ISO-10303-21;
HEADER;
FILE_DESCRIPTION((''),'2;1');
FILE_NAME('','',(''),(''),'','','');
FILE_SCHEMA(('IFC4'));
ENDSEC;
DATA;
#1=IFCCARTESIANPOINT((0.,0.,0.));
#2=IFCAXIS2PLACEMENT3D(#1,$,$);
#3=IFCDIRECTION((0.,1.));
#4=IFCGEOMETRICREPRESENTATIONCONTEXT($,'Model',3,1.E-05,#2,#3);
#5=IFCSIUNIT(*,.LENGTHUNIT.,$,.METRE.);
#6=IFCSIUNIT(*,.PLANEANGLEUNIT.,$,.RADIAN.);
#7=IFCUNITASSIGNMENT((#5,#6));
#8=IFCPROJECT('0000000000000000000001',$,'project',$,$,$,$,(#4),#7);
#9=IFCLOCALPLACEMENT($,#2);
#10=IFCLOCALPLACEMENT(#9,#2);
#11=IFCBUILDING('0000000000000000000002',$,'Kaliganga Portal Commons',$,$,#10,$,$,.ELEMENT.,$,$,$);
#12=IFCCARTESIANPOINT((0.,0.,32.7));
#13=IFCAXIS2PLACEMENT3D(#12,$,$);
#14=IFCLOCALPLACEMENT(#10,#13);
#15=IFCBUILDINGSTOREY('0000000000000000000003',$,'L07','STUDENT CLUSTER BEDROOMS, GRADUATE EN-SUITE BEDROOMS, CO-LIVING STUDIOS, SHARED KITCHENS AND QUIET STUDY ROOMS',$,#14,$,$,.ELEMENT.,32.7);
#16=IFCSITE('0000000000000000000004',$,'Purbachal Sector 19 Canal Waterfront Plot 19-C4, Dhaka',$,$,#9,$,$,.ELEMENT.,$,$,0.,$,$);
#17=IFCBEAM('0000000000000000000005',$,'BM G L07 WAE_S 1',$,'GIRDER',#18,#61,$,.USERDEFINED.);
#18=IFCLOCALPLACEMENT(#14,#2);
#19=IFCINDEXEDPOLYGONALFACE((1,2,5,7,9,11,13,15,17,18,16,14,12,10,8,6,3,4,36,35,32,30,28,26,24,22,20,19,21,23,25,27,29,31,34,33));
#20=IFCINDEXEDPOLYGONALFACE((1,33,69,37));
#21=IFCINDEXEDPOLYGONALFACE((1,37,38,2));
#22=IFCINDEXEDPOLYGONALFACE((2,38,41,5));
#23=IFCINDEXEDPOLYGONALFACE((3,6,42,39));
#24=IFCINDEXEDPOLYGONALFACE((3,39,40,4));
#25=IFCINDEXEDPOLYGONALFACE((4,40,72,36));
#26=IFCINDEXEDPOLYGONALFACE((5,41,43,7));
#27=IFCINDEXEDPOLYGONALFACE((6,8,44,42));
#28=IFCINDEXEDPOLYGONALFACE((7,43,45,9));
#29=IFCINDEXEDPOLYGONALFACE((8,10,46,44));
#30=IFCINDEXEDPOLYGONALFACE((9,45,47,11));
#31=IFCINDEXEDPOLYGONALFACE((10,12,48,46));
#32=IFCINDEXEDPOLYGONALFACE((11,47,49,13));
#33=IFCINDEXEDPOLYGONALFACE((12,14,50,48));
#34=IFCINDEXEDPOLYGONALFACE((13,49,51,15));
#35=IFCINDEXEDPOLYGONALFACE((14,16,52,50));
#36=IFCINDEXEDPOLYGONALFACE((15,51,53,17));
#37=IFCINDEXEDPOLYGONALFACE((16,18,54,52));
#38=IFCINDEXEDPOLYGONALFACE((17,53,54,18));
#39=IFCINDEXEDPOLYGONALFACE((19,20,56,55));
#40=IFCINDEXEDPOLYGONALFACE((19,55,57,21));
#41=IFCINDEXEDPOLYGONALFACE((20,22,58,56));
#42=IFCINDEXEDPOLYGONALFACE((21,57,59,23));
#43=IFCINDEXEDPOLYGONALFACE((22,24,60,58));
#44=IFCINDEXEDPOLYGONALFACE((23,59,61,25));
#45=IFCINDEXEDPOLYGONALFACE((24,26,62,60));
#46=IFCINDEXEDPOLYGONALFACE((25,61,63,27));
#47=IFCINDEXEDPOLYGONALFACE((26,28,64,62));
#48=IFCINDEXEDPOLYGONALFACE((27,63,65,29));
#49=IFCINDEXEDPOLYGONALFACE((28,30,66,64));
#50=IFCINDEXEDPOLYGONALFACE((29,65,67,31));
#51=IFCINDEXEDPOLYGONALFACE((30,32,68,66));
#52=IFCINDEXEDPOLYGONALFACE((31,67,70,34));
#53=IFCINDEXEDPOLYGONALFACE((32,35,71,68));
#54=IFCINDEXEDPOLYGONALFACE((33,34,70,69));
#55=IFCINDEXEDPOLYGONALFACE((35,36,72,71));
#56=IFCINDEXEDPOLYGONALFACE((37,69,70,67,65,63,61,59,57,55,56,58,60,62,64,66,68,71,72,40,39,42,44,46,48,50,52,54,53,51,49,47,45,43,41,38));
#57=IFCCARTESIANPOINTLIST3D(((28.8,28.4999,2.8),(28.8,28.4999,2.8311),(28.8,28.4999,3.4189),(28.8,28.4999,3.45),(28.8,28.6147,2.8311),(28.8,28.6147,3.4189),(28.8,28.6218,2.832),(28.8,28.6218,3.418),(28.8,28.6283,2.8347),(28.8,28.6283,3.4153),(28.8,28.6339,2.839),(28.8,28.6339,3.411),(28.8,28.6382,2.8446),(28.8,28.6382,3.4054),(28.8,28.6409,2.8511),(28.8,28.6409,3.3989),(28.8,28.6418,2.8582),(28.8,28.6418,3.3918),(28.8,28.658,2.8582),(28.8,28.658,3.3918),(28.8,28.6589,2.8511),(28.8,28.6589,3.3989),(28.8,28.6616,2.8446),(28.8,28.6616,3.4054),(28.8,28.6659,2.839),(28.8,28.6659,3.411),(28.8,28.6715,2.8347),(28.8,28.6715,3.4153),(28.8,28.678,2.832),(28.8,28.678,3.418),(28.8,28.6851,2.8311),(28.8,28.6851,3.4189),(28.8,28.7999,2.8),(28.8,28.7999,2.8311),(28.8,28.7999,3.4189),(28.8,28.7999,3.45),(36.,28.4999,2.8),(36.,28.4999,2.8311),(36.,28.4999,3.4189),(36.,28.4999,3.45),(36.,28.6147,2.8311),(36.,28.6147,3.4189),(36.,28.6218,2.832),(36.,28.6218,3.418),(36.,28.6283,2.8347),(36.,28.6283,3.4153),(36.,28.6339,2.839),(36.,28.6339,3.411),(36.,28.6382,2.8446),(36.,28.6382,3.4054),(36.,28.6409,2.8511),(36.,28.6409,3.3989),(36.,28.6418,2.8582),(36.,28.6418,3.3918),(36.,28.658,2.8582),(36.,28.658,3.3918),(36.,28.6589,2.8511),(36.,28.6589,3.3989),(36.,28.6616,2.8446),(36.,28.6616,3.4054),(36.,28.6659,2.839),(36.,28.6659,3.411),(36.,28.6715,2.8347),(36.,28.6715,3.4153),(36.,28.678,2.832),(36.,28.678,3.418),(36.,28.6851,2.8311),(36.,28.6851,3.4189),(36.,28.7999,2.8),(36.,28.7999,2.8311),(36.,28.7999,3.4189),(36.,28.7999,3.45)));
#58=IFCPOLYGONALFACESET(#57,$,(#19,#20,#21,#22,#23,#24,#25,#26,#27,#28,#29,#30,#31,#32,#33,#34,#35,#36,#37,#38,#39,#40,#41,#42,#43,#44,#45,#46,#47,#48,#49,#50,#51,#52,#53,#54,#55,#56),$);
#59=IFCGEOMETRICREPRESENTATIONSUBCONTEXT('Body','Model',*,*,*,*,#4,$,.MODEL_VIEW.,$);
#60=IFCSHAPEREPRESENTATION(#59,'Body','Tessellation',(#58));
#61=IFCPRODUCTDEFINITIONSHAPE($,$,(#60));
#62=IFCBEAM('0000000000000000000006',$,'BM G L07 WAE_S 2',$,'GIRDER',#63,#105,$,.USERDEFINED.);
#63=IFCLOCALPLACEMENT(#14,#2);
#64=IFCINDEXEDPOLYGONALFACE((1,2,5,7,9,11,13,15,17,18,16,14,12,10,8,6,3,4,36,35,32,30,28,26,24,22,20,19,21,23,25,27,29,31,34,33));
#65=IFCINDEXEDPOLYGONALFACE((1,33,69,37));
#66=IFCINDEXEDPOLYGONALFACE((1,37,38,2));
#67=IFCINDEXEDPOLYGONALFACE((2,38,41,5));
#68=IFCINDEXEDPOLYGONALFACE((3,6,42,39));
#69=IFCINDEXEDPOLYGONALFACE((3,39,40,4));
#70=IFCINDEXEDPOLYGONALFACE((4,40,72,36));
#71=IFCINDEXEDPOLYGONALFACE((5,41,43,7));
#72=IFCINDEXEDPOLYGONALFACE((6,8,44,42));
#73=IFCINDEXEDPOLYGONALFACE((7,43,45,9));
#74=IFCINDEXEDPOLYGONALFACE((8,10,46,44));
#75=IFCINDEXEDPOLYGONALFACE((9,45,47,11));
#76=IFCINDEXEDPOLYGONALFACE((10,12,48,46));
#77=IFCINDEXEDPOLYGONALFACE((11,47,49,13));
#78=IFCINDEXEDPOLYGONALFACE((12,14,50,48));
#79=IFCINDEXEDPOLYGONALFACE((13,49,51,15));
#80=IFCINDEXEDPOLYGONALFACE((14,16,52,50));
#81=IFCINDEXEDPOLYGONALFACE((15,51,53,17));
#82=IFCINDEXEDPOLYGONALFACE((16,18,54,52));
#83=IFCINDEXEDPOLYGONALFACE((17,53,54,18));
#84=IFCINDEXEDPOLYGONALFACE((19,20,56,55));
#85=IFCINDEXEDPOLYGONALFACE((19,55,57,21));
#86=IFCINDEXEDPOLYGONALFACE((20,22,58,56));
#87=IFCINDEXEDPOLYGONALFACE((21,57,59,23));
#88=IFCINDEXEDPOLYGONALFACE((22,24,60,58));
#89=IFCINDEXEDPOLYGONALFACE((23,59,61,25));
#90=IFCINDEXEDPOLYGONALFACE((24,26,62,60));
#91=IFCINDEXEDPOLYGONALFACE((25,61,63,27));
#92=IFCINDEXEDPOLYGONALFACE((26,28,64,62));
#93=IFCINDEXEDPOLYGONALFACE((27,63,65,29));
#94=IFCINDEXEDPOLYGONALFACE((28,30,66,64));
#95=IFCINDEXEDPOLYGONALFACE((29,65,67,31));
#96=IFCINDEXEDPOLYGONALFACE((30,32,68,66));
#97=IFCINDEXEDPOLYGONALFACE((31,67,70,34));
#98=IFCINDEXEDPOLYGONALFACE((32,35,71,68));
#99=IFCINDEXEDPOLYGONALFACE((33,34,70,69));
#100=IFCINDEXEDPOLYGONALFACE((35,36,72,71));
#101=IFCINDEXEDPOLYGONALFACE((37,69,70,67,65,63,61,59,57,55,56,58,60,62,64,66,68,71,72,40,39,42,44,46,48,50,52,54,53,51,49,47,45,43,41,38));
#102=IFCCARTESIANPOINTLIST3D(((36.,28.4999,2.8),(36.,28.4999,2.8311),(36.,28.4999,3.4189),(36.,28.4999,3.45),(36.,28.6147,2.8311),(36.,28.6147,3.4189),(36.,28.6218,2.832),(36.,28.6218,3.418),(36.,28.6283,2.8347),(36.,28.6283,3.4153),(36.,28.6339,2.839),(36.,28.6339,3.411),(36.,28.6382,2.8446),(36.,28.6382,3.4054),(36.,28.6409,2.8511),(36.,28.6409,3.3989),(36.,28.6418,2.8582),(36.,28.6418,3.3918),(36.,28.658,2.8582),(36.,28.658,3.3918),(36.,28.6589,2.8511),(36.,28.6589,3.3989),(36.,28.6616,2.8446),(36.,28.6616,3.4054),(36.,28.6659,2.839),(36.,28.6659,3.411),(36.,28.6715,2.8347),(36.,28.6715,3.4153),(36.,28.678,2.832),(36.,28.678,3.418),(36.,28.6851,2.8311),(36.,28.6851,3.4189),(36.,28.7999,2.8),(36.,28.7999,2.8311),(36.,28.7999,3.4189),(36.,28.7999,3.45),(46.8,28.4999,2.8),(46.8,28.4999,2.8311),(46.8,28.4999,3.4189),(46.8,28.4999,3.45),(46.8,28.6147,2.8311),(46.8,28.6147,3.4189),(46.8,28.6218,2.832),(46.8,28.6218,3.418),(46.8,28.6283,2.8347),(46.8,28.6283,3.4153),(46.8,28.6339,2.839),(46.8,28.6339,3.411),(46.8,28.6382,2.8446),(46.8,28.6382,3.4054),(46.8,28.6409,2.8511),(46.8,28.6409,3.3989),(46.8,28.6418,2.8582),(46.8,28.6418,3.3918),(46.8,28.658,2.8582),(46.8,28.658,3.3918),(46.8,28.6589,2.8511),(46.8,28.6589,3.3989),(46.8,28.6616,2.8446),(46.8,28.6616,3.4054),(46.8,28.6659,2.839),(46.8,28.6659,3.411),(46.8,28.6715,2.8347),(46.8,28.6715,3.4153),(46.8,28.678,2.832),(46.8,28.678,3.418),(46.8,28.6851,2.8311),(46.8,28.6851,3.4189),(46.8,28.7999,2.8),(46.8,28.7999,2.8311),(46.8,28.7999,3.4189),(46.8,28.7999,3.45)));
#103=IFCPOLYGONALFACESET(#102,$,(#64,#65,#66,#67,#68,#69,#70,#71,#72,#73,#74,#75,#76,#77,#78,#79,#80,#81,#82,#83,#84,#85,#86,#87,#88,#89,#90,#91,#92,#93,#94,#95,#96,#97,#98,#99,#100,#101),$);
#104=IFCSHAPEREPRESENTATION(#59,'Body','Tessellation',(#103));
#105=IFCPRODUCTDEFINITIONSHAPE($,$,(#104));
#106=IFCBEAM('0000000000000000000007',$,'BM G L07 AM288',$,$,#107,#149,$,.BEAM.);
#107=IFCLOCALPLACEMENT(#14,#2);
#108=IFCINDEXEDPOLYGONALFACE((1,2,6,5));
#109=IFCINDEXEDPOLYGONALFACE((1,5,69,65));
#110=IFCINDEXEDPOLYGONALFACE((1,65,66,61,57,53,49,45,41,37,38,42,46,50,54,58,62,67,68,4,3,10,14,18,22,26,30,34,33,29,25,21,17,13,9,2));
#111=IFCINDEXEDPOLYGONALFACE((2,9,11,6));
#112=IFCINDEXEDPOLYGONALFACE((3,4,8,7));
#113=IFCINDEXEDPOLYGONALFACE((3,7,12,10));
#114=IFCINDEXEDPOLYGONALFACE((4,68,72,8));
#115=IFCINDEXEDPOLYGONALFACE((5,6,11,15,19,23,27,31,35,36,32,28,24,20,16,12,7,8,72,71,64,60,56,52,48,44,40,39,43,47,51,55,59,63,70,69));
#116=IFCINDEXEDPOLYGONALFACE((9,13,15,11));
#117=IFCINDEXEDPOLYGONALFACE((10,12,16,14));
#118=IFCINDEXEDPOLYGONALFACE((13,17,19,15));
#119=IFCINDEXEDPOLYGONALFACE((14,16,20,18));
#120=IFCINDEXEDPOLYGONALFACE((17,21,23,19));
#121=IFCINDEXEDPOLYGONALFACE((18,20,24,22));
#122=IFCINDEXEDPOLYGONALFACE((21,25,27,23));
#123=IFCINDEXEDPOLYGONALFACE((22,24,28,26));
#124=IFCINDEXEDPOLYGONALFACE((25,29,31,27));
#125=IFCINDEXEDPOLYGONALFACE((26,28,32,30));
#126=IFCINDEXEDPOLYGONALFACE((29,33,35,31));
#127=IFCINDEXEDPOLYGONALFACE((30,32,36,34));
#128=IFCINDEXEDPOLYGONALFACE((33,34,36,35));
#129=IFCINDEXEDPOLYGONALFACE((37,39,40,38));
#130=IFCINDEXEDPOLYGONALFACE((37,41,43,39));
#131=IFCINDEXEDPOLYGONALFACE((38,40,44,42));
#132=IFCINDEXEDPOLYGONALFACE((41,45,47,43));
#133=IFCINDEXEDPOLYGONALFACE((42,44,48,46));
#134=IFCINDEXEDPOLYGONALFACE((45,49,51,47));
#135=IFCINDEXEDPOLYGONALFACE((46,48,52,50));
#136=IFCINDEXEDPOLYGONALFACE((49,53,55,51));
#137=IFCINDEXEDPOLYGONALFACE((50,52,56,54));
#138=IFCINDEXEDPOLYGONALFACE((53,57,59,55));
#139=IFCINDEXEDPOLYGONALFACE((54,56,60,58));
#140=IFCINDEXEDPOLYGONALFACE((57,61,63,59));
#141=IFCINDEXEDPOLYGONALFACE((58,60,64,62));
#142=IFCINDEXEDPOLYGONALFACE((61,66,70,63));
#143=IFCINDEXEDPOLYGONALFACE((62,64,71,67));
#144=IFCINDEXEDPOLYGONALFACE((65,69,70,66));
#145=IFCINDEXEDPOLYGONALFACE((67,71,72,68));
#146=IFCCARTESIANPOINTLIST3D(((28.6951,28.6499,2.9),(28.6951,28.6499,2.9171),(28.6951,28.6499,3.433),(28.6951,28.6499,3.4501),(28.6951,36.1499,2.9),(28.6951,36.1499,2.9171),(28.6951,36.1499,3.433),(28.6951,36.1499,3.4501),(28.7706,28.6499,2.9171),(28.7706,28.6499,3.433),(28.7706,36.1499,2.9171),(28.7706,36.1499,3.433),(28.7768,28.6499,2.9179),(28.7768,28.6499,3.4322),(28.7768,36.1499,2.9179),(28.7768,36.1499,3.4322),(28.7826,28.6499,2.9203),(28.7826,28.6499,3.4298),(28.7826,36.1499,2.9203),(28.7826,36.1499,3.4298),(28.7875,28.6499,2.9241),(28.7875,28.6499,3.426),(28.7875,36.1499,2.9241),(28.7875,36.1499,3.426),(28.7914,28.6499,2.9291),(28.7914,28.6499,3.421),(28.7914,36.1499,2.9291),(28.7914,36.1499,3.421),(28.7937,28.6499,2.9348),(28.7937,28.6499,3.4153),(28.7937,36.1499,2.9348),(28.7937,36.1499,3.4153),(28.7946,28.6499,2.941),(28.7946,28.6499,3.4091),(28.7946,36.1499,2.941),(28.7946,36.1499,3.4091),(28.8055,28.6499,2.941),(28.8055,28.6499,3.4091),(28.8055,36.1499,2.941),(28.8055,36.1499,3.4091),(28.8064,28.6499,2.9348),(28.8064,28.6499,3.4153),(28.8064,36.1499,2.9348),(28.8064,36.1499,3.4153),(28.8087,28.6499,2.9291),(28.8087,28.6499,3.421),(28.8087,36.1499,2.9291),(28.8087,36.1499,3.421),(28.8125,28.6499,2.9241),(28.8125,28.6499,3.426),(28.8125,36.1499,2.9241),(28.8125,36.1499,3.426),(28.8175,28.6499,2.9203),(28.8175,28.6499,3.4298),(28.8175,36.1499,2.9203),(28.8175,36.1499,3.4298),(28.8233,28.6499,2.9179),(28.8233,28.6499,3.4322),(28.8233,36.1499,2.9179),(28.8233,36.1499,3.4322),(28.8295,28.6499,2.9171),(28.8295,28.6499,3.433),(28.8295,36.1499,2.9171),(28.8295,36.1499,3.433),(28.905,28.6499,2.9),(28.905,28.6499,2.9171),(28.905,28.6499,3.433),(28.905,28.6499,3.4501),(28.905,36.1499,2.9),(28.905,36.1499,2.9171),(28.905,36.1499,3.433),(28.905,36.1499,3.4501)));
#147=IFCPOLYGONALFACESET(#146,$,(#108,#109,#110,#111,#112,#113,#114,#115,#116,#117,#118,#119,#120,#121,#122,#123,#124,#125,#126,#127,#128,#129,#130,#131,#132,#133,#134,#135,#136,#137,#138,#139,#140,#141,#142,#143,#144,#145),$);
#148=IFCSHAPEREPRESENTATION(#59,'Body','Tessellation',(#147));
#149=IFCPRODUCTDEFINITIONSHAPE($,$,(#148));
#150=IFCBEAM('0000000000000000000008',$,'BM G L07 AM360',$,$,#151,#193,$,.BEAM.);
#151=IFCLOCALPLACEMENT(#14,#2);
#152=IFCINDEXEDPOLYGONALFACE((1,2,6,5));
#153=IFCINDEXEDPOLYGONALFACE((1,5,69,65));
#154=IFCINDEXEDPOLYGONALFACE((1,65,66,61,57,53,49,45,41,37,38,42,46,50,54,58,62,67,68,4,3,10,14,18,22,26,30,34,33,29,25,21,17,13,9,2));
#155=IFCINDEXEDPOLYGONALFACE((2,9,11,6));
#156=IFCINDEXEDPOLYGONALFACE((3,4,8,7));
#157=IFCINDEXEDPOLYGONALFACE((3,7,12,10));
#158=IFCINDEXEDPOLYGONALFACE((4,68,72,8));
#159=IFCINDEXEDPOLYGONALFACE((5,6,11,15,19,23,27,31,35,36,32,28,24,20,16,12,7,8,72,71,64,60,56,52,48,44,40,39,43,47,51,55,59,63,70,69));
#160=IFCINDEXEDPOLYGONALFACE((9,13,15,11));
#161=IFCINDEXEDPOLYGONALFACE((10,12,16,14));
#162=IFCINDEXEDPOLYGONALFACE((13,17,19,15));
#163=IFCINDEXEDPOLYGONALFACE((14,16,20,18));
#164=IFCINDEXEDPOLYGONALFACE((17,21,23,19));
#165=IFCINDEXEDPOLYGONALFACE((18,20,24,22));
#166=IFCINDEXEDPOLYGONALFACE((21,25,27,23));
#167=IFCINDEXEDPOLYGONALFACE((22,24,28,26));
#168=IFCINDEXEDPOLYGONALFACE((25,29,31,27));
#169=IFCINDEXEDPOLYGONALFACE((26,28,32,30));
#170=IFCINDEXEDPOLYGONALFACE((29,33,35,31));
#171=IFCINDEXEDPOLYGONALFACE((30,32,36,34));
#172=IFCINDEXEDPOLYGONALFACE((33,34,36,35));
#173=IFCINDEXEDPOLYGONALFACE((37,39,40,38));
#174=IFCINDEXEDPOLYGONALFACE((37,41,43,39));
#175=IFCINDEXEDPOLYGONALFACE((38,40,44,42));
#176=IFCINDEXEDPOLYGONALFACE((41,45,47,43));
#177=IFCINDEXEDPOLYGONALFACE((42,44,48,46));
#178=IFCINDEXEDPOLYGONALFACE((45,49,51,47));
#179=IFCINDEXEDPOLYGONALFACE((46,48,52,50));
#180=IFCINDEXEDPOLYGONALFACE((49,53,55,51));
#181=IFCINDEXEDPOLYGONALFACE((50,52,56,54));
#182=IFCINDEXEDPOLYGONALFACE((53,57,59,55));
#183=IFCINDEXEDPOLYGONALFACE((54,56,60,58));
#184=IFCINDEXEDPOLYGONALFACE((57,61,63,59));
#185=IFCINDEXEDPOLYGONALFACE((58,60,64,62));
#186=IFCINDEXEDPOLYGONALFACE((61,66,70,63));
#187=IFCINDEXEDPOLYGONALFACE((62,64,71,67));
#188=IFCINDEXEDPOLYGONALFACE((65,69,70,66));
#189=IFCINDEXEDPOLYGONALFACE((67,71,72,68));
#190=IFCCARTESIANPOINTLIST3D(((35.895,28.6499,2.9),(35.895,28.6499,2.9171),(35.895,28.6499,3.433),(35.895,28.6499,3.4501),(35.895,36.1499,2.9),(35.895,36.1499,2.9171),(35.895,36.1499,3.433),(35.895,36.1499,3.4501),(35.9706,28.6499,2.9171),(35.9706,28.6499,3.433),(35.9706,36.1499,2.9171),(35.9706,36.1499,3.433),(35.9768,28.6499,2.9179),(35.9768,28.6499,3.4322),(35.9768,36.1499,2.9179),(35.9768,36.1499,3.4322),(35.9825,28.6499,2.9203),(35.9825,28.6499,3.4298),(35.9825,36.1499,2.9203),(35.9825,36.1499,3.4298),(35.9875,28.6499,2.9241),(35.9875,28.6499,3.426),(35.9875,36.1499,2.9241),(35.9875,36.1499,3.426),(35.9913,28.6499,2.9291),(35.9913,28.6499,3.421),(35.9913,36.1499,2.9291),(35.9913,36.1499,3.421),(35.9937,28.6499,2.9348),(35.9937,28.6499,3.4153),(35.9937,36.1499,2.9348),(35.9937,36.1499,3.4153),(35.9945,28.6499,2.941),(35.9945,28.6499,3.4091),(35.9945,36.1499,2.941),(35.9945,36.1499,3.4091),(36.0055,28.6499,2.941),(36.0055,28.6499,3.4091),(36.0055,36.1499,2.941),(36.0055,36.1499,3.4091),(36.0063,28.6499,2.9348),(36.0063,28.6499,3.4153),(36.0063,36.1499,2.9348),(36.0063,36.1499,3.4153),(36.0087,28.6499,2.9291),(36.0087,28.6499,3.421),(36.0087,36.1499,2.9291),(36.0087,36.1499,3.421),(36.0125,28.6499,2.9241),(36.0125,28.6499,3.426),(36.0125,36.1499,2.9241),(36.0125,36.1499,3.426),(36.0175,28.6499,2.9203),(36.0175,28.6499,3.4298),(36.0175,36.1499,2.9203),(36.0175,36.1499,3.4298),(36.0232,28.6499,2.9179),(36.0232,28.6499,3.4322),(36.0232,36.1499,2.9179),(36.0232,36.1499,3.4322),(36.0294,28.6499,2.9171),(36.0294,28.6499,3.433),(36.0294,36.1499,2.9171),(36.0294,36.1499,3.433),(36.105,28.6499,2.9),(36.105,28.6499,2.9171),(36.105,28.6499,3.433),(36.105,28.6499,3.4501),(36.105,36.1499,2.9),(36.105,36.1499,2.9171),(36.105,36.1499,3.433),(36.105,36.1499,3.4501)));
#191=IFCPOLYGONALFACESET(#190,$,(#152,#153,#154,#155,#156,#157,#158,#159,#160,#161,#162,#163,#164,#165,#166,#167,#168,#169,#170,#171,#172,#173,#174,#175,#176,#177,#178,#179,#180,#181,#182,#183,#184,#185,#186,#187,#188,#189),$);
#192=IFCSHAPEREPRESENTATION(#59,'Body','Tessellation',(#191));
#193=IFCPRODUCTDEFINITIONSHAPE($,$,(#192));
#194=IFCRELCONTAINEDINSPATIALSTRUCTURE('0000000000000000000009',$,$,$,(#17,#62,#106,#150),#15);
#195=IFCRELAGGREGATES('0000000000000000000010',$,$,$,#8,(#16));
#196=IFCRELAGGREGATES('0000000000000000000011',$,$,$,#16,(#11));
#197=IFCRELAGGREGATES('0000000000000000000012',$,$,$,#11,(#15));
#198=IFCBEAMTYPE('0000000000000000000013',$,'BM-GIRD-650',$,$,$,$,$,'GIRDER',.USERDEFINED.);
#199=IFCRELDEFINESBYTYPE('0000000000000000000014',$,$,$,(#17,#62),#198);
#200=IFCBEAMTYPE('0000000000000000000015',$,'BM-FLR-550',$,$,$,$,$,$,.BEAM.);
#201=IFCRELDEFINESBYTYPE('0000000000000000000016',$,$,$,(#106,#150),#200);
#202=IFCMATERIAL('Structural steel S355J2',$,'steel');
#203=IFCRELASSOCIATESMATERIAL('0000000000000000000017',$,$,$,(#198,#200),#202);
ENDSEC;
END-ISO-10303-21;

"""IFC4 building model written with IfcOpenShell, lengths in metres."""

from ifc_helpers import new_model, si_unit, direction, frame, origin, origin_2d, place, context, subcontext, project, spatial, i_section, extrude, source, transform, mapped, material, material_profile, profile_set, type_object, element, save


model = new_model("IFC4")

# Units and contexts
model_context = context("Model", 3, precision=1e-05, world=origin(), true_north=direction((0.0, 1.0)))
body_context = subcontext(model_context, "Body", "Model", "MODEL_VIEW")
ifc_project = project(units=[si_unit("LENGTHUNIT", "METRE"), si_unit("PLANEANGLEUNIT", "RADIAN")], contexts=[model_context])

# Site, building, storey
site_placement = place(None, origin())
site = spatial("IfcSite", under=ifc_project, at=site_placement, Name="Purbachal Sector 19 Canal Waterfront Plot 19-C4, Dhaka", CompositionType="ELEMENT", RefElevation=0.0)
building_placement = place(site_placement, origin())
building = spatial("IfcBuilding", under=site, at=building_placement, Name="Kaliganga Portal Commons", CompositionType="ELEMENT")
storey_placement = place(building_placement, frame((0.0, 0.0, 32.7)))
storey = spatial("IfcBuildingStorey", under=building, at=storey_placement, Name="L07", Description="STUDENT CLUSTER BEDROOMS, GRADUATE EN-SUITE BEDROOMS, CO-LIVING STUDIOS, SHARED KITCHENS AND QUIET STUDY ROOMS", CompositionType="ELEMENT", Elevation=32.7)

# Beams
ifc_material_1 = material(Name="Structural steel S355J2", Category="steel")
ifc_material_profile_1 = material_profile(ifc_material_1, i_section(OverallWidth=0.3, OverallDepth=0.6499, WebThickness=0.0161, FlangeThickness=0.031, FilletRadius=0.0271, at=origin_2d()), Name="HE 650 B")
ifc_profile_set_1 = profile_set([ifc_material_profile_1], Name="Structural steel S355J2 wide-flange")
beam_type_1 = type_object("IfcBeamType", Name="BM-GIRD-650", ElementType="GIRDER", PredefinedType="USERDEFINED", material=ifc_profile_set_1)
shared_shape_1 = source(origin(), body_context, "Body", "SweptSolid", [
    extrude(i_section(OverallWidth=0.3, OverallDepth=0.6499, WebThickness=0.0161, FlangeThickness=0.031, FilletRadius=0.0271, at=origin_2d()), origin(), (0.0, 0.0, 1.0), 7.2),
])
beam_1_placement = place(storey_placement, frame((28.8, 28.6499, 3.125), z_axis=(1.0, 0.0, 0.0), x_axis=(0.0, 1.0, 0.0)))
element("IfcBeam", 1, at=beam_1_placement, inside=storey, type_object=beam_type_1, Name="BM G L07 WAE_S 1", ObjectType="GIRDER", PredefinedType="USERDEFINED", context=body_context, shape_type="MappedRepresentation", body=[
    mapped(shared_shape_1, transform((0.0, 0.0, 0.0), x_axis=(1.0, 0.0, 0.0), y_axis=(0.0, 1.0, 0.0), z_axis=(0.0, 0.0, 1.0), scale=1.0)),
])
shared_shape_2 = source(origin(), body_context, "Body", "SweptSolid", [
    extrude(i_section(OverallWidth=0.3, OverallDepth=0.6499, WebThickness=0.0161, FlangeThickness=0.031, FilletRadius=0.0271, at=origin_2d()), origin(), (0.0, 0.0, 1.0), 10.8),
])
beam_2_placement = place(storey_placement, frame((36.0, 28.6499, 3.125), z_axis=(1.0, 0.0, 0.0), x_axis=(0.0, 1.0, 0.0)))
element("IfcBeam", 2, at=beam_2_placement, inside=storey, type_object=beam_type_1, Name="BM G L07 WAE_S 2", ObjectType="GIRDER", PredefinedType="USERDEFINED", context=body_context, shape_type="MappedRepresentation", body=[
    mapped(shared_shape_2, transform((0.0, 0.0, 0.0), x_axis=(1.0, 0.0, 0.0), y_axis=(0.0, 1.0, 0.0), z_axis=(0.0, 0.0, 1.0), scale=1.0)),
])
ifc_material_profile_2 = material_profile(ifc_material_1, i_section(OverallWidth=0.21, OverallDepth=0.55, WebThickness=0.011, FlangeThickness=0.0171, FilletRadius=0.0239, at=origin_2d()), Name="IPE 550")
ifc_profile_set_2 = profile_set([ifc_material_profile_2], Name="Structural steel S355J2 wide-flange")
beam_type_2 = type_object("IfcBeamType", Name="BM-FLR-550", PredefinedType="BEAM", material=ifc_profile_set_2)
shared_shape_3 = source(origin(), body_context, "Body", "SweptSolid", [
    extrude(i_section(OverallWidth=0.21, OverallDepth=0.55, WebThickness=0.011, FlangeThickness=0.0171, FilletRadius=0.0239, at=origin_2d()), origin(), (0.0, 0.0, 1.0), 7.5),
])
for number, where, z_axis, x_axis, name in (
    (3, (28.8, 28.6499, 3.175), (0.0, 1.0, 0.0), (-1.0, 0.0, 0.0), "BM G L07 AM288"),
    (4, (36.0, 28.6499, 3.175), (0.0, 1.0, 0.0), (-1.0, 0.0, 0.0), "BM G L07 AM360"),
):
    element("IfcBeam", number, at=place(storey_placement, frame(where, z_axis=z_axis, x_axis=x_axis)), inside=storey, type_object=beam_type_2, Name=name, PredefinedType="BEAM", context=body_context, shape_type="MappedRepresentation", body=[
        mapped(shared_shape_3, transform((0.0, 0.0, 0.0), x_axis=(1.0, 0.0, 0.0), y_axis=(0.0, 1.0, 0.0), z_axis=(0.0, 0.0, 1.0), scale=1.0)),
    ])

save(model, "model.ifc")
